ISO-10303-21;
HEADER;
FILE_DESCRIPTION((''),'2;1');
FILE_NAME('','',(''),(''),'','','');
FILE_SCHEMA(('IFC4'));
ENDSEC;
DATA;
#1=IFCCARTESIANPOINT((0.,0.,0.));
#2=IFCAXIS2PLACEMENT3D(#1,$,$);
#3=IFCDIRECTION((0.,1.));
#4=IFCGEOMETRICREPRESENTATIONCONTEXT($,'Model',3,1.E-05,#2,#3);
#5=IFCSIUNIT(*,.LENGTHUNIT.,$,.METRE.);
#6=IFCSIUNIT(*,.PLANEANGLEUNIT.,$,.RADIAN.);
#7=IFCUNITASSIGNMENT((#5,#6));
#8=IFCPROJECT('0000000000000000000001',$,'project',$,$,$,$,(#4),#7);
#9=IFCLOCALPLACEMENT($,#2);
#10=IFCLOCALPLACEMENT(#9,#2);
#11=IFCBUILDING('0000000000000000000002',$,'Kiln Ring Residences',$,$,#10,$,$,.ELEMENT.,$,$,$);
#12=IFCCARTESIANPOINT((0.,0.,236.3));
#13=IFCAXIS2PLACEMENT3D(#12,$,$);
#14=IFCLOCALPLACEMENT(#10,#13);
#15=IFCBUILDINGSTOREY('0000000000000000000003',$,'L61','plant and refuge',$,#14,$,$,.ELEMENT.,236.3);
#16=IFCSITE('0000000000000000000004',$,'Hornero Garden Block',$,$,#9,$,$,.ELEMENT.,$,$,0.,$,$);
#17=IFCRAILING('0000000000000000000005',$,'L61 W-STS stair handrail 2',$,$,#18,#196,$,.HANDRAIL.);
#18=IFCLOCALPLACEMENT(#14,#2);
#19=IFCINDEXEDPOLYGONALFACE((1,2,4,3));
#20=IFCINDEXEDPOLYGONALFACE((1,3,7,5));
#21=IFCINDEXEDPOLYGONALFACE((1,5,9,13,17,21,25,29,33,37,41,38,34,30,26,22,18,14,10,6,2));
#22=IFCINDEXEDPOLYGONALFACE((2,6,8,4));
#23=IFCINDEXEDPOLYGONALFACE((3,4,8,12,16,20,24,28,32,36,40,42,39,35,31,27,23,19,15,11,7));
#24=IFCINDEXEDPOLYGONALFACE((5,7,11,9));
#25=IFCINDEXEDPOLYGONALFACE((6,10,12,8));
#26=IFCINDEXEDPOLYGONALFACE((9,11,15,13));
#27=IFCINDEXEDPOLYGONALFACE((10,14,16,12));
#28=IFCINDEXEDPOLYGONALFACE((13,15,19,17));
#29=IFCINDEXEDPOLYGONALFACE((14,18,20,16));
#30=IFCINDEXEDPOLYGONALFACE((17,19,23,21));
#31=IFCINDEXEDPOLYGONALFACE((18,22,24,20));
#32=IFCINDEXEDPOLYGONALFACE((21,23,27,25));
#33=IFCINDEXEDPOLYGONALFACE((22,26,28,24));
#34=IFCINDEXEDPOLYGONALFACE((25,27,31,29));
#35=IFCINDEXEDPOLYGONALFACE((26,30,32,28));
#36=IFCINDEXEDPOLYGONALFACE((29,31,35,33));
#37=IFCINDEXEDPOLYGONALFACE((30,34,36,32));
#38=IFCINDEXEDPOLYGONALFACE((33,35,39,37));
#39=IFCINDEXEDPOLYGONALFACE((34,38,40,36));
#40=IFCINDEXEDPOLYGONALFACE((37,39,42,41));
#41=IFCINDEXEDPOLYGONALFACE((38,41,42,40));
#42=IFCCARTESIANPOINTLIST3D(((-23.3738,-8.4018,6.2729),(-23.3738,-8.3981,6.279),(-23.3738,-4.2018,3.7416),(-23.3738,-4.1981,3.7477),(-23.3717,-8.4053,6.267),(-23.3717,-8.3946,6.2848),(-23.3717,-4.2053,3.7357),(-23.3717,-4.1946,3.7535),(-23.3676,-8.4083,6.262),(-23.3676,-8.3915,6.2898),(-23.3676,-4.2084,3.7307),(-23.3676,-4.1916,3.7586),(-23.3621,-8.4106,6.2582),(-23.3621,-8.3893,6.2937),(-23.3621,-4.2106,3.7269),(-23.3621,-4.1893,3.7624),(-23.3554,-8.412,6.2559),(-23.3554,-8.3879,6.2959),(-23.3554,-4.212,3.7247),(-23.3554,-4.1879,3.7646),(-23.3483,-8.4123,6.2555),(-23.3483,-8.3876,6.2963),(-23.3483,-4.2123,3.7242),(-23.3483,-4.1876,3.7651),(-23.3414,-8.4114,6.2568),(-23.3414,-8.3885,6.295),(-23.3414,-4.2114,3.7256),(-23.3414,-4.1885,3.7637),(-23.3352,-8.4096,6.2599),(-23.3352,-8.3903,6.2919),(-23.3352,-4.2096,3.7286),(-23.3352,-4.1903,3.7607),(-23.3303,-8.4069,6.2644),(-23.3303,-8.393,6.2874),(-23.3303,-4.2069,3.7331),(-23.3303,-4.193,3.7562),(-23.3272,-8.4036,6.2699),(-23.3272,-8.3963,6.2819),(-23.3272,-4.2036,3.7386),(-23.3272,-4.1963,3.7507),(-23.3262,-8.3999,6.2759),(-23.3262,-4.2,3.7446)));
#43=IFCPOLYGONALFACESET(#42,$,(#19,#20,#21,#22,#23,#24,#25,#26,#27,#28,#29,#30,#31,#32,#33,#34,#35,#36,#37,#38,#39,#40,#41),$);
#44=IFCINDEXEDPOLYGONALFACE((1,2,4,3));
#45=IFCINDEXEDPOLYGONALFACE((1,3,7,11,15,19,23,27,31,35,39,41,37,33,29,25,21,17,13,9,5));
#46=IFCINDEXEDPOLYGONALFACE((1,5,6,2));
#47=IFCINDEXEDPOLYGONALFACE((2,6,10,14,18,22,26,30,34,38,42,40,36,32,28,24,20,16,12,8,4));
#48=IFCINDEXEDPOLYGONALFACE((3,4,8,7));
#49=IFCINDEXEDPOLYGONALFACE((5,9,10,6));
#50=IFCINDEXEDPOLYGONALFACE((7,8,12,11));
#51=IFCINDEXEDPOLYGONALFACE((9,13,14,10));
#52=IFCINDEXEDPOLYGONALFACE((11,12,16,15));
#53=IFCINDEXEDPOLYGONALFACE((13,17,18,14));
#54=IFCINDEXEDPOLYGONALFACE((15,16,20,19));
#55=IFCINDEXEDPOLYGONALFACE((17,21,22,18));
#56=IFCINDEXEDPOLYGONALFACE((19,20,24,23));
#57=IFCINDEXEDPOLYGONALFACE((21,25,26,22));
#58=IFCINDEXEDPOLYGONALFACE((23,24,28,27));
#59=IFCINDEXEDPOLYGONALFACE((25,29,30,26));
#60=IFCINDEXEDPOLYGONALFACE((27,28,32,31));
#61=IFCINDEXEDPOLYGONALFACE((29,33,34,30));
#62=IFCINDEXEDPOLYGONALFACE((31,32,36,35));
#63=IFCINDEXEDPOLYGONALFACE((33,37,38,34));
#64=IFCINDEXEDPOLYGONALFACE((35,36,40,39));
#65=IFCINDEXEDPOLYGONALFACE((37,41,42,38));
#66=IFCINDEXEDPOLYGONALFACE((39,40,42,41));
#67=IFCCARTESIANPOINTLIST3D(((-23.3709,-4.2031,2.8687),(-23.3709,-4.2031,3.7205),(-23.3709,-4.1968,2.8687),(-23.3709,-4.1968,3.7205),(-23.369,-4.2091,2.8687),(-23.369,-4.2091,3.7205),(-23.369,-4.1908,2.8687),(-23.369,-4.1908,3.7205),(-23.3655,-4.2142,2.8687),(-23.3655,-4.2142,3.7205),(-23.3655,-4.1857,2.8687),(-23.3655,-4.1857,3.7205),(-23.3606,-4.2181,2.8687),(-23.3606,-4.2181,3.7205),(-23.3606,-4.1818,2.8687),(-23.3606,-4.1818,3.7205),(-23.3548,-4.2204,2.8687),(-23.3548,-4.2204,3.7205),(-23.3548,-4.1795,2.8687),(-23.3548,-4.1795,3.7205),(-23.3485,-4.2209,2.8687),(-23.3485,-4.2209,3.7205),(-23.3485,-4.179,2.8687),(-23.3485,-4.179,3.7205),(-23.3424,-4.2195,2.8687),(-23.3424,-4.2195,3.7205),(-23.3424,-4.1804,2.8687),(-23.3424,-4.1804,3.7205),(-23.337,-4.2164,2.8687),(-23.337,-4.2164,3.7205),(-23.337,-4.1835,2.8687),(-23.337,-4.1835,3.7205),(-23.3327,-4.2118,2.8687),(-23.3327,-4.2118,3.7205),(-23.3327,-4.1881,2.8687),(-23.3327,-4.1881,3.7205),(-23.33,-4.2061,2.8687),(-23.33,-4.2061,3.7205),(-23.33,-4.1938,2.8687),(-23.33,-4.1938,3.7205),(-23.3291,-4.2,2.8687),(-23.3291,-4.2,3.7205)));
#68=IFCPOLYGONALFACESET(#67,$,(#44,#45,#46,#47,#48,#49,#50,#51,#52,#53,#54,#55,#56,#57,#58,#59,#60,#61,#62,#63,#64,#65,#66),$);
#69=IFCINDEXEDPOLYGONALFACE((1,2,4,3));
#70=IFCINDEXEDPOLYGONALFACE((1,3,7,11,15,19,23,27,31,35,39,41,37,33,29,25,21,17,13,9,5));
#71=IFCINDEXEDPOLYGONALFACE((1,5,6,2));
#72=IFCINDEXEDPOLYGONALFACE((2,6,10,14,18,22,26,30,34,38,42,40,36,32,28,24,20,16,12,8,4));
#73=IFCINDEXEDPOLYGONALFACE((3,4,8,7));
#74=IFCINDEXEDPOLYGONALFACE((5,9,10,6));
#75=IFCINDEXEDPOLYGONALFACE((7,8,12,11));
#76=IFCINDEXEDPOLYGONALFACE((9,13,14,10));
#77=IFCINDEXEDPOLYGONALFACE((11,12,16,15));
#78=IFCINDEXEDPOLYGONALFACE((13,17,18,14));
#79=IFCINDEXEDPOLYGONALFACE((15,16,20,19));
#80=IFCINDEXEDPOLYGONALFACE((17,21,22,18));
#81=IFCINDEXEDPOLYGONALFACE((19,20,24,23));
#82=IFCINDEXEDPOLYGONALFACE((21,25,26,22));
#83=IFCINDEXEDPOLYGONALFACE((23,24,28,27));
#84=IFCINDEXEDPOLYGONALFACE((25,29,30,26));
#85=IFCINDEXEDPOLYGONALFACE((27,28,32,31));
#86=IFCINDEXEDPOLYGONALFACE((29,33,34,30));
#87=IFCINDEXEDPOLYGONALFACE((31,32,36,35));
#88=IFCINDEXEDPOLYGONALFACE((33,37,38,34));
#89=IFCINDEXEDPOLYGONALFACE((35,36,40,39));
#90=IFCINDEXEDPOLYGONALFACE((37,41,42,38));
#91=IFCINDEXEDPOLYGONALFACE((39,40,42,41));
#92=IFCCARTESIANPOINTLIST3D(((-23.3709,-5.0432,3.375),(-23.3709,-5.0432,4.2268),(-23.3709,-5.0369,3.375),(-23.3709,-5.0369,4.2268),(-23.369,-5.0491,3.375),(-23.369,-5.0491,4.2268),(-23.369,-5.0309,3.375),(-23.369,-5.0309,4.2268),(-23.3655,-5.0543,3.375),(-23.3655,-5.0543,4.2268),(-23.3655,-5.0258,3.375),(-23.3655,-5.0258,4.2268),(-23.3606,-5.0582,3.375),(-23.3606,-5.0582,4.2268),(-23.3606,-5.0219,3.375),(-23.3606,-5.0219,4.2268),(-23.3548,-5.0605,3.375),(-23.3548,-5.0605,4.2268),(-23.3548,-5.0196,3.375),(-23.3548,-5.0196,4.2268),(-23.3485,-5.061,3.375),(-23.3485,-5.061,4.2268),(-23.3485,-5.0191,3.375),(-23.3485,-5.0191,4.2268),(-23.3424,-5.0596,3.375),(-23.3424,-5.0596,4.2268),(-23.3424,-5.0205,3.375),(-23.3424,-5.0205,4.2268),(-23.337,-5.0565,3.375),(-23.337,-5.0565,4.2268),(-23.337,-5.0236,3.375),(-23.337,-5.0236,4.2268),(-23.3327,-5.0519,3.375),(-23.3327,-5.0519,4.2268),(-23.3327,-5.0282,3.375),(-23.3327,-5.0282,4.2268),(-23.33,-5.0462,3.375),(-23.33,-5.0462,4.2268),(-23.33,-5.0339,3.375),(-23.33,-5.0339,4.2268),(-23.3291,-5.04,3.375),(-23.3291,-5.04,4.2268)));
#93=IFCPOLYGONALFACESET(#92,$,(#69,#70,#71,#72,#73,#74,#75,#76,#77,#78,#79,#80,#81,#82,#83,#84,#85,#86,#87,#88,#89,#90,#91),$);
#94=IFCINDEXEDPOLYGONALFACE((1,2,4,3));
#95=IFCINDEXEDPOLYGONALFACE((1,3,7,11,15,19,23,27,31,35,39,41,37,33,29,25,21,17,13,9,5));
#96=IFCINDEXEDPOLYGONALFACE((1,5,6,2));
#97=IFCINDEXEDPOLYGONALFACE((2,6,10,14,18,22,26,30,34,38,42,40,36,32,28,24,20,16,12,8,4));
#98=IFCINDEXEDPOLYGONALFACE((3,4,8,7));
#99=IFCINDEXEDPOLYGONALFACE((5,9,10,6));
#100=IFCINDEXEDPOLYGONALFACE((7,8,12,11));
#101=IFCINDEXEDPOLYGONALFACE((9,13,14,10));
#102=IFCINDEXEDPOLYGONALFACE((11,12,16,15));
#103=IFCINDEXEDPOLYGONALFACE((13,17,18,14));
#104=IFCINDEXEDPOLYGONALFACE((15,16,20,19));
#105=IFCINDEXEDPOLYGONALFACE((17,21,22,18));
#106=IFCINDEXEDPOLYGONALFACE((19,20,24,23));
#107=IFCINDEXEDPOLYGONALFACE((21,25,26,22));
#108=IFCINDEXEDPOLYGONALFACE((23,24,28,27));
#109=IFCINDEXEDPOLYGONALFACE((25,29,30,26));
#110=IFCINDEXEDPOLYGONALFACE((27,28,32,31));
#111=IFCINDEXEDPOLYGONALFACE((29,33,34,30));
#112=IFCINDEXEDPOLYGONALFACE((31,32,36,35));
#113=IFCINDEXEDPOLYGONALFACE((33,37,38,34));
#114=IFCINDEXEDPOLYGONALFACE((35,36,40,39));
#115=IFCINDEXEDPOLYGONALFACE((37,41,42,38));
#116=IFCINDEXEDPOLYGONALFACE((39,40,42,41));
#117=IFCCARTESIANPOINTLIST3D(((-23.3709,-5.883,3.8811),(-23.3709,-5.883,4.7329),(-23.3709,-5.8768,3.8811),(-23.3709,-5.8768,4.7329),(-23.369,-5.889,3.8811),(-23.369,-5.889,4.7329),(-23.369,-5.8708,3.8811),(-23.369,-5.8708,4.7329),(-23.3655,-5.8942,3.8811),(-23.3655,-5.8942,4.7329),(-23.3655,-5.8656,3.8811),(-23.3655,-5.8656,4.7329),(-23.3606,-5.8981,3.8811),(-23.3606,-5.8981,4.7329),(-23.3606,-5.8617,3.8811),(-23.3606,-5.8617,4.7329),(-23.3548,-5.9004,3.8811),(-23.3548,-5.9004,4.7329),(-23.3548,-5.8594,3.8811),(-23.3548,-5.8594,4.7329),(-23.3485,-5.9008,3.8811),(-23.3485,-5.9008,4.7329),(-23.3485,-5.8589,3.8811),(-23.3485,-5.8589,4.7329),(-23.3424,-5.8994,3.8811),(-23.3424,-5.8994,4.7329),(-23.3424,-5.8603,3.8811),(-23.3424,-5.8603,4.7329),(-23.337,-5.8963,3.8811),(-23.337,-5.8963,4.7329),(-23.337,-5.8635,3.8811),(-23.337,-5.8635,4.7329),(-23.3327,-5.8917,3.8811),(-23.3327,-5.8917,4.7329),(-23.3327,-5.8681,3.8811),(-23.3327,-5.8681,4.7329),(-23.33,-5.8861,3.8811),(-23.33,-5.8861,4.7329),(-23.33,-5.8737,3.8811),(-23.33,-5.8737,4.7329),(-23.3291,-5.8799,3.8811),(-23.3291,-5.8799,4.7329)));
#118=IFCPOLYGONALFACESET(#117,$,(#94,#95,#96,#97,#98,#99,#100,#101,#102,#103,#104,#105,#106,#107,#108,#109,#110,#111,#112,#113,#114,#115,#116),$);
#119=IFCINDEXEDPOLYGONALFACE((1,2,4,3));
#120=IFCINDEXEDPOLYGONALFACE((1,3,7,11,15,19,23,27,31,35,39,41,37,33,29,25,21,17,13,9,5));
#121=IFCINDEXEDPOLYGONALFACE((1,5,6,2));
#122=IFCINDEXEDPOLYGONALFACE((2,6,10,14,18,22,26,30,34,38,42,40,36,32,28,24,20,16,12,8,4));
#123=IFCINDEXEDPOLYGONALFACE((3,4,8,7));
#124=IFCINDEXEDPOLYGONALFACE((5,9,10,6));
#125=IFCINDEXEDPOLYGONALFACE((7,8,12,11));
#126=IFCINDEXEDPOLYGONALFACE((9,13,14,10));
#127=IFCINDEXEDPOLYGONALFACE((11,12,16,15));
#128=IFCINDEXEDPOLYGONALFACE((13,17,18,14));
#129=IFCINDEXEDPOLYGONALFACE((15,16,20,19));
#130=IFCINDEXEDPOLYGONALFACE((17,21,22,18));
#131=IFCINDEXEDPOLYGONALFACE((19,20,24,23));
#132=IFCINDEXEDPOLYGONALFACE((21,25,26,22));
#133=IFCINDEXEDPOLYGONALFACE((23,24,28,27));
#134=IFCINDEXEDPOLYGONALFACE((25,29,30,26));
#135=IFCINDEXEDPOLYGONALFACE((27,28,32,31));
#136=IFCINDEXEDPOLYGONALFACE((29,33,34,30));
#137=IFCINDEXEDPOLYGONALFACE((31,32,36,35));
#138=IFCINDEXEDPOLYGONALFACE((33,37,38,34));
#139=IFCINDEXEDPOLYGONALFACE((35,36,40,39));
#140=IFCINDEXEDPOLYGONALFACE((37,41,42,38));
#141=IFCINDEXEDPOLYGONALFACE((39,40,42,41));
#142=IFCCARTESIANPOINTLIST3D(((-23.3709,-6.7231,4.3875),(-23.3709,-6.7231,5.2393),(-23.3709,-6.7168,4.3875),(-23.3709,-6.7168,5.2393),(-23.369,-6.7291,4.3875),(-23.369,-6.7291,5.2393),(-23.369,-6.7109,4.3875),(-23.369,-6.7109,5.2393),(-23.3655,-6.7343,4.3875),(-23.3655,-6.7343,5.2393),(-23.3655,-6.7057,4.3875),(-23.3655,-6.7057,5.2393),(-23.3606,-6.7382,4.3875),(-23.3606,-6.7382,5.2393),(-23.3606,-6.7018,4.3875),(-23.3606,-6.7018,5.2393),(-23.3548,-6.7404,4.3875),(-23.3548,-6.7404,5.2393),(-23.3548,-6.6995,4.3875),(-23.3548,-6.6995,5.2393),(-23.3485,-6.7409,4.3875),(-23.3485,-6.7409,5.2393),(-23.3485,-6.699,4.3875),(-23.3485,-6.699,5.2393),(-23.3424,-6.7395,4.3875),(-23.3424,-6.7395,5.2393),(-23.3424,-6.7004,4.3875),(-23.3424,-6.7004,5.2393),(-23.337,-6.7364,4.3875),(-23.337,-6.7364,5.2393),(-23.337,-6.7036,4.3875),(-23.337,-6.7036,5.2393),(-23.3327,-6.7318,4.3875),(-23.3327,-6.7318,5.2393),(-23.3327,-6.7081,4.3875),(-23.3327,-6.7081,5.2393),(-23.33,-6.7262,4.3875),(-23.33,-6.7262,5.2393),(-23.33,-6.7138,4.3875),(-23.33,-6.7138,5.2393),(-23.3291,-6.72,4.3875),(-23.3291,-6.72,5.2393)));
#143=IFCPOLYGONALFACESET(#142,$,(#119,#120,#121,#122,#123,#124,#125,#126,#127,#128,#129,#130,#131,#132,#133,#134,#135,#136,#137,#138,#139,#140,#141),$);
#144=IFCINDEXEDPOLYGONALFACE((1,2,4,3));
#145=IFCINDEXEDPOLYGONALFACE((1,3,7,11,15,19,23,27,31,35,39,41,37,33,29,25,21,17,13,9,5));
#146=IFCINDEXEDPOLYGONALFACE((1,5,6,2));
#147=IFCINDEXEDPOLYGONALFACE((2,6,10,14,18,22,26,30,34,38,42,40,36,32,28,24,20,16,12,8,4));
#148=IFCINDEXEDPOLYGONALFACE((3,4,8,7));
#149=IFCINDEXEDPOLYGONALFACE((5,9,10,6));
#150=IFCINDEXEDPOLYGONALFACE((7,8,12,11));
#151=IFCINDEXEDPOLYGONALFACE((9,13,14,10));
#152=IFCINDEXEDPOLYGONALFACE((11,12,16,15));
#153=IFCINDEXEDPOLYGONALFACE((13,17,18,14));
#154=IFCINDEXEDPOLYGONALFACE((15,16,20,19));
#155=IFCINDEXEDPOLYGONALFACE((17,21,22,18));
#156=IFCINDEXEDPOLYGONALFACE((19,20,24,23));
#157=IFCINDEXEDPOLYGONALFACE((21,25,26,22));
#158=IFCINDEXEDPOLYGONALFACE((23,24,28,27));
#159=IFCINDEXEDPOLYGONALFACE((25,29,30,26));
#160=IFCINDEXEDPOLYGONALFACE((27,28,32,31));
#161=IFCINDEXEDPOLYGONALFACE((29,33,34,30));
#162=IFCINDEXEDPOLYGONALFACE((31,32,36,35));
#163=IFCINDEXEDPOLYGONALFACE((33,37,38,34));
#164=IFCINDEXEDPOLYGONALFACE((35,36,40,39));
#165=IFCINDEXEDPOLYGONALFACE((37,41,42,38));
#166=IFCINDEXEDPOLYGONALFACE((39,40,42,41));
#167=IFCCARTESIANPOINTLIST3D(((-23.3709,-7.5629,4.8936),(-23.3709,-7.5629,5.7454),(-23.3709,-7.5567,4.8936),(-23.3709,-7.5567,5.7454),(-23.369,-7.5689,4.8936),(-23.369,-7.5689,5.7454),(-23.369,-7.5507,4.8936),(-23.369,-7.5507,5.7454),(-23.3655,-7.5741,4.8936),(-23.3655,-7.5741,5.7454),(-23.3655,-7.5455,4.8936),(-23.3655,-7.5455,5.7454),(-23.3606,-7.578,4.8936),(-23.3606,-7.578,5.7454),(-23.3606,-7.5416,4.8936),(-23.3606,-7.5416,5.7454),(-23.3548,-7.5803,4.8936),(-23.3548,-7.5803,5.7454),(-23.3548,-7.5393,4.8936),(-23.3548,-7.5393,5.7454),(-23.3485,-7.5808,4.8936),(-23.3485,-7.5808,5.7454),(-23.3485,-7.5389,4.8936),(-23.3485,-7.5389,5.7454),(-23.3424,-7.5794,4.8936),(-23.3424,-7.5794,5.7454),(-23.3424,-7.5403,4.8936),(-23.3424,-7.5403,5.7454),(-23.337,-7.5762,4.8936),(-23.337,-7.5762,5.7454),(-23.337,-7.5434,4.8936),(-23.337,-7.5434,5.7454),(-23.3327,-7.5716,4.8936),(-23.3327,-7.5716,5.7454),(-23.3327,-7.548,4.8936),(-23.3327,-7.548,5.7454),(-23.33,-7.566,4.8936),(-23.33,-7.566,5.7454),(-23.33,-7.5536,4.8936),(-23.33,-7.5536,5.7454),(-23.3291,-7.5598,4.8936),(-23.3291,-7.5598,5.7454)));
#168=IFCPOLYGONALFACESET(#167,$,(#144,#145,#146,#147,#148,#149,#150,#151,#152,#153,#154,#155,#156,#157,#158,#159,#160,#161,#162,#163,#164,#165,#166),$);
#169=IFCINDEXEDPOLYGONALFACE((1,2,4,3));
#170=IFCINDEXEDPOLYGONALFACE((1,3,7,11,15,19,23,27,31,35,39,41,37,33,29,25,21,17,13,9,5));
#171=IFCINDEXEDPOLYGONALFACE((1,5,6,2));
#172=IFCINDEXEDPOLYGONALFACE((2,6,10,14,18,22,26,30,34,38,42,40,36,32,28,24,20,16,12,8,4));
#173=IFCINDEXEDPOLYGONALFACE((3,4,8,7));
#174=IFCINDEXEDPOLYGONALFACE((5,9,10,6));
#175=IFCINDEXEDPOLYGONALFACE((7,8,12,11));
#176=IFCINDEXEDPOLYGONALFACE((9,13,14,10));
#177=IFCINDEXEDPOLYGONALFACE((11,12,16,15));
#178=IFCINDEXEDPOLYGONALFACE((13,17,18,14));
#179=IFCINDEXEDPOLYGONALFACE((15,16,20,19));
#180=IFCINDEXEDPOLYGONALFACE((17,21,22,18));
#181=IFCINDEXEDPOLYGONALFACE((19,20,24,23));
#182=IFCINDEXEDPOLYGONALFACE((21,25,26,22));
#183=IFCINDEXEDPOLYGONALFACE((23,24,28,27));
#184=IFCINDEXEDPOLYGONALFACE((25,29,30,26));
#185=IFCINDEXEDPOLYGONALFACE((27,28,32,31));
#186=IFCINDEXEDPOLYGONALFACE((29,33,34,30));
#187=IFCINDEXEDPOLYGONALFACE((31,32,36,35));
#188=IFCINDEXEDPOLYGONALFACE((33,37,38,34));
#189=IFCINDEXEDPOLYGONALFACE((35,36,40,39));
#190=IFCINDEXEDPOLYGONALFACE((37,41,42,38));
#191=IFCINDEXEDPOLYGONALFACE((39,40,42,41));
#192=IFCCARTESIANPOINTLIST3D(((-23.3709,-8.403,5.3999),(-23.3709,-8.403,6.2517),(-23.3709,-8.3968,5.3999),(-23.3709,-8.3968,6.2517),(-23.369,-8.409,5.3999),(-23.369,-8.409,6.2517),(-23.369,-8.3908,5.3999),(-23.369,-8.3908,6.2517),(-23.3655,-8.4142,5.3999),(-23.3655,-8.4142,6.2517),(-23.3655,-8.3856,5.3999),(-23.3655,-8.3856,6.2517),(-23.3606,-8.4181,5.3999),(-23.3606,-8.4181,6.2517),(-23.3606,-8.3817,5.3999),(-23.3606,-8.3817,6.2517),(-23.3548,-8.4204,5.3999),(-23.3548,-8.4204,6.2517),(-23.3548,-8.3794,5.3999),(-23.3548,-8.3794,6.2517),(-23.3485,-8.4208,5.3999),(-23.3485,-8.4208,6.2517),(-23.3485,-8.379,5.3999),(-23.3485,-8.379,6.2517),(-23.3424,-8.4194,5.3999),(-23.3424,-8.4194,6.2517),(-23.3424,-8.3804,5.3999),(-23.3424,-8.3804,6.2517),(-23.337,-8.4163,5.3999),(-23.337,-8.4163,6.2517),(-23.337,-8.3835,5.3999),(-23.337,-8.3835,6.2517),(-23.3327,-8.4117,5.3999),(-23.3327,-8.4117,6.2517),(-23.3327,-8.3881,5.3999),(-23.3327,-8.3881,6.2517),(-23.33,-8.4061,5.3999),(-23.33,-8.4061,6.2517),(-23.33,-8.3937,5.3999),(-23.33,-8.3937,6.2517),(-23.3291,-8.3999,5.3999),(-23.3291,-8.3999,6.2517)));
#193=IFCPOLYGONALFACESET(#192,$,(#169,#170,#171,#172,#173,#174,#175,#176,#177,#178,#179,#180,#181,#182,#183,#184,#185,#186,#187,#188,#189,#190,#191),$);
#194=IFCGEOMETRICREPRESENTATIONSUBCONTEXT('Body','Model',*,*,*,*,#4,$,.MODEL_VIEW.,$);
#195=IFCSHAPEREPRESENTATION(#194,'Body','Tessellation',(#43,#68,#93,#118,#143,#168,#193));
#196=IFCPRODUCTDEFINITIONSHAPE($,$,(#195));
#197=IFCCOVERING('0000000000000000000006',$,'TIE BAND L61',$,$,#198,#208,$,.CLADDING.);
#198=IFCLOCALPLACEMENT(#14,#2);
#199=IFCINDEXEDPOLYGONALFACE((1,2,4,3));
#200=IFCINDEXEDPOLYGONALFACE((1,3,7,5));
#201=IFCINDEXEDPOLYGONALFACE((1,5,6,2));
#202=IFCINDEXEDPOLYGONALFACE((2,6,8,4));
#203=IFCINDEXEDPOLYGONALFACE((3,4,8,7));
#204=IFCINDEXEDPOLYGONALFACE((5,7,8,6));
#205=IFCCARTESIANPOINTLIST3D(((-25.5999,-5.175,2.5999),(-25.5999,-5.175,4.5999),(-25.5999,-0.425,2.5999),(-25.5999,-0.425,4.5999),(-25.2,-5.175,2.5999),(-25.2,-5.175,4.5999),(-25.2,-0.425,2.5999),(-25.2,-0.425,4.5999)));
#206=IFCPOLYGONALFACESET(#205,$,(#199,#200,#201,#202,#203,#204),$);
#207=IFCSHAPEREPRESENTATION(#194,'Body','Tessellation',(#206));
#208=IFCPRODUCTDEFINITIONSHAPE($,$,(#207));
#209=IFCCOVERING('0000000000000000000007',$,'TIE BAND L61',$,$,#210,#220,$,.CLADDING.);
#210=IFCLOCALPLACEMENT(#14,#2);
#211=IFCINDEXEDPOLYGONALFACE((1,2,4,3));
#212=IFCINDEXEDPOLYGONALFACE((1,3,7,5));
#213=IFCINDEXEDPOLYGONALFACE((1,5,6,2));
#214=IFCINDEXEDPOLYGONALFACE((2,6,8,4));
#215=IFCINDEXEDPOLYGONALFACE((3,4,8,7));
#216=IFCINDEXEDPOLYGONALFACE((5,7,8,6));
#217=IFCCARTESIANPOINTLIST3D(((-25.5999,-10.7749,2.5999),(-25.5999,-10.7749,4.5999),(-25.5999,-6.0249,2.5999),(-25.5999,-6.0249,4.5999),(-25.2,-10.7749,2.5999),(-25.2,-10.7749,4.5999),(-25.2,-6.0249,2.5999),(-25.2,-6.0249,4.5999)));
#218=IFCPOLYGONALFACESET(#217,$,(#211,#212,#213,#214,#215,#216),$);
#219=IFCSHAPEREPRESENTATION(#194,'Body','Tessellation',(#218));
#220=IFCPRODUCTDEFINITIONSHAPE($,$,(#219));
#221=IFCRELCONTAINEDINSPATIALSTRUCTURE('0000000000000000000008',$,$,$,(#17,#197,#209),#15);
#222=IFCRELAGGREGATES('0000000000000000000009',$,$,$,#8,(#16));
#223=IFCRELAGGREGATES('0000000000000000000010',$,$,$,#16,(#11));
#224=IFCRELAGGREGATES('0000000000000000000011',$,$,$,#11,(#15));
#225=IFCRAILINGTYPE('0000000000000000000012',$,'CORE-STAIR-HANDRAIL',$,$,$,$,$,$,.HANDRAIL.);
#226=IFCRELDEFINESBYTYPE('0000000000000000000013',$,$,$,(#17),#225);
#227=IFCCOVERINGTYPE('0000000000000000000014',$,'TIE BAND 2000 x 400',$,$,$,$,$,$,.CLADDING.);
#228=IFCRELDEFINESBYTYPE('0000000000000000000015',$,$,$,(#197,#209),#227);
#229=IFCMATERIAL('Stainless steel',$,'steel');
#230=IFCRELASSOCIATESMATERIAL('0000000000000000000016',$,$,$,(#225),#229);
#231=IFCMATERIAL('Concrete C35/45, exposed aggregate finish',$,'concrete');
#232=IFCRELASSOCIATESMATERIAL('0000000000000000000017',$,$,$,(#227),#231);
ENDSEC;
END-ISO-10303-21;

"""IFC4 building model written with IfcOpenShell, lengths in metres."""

from ifc_helpers import new_model, si_unit, direction, frame, origin, origin_2d, place, context, subcontext, project, spatial, rectangle, circle, extrude, material, type_object, element, save


model = new_model("IFC4")

# Units and contexts
model_context = context("Model", 3, precision=1e-05, world=origin(), true_north=direction((0.0, 1.0)))
body_context = subcontext(model_context, "Body", "Model", "MODEL_VIEW")
ifc_project = project(units=[si_unit("LENGTHUNIT", "METRE"), si_unit("PLANEANGLEUNIT", "RADIAN")], contexts=[model_context])

# Site, building, storey
site_placement = place(None, origin())
site = spatial("IfcSite", under=ifc_project, at=site_placement, Name="Hornero Garden Block", CompositionType="ELEMENT", RefElevation=0.0)
building_placement = place(site_placement, origin())
building = spatial("IfcBuilding", under=site, at=building_placement, Name="Kiln Ring Residences", CompositionType="ELEMENT")
storey_placement = place(building_placement, frame((0.0, 0.0, 236.3)))
storey = spatial("IfcBuildingStorey", under=building, at=storey_placement, Name="L61", Description="plant and refuge", CompositionType="ELEMENT", Elevation=236.3)

# Railing
ifc_material_1 = material(Name="Stainless steel", Category="steel")
railing_type_1 = type_object("IfcRailingType", Name="CORE-STAIR-HANDRAIL", PredefinedType="HANDRAIL", material=ifc_material_1)
railing_1_placement = place(storey_placement, frame((-23.3501, -4.2, 2.8687)))
element("IfcRailing", 1, at=railing_1_placement, inside=storey, type_object=railing_type_1, Name="L61 W-STS stair handrail 2", PredefinedType="HANDRAIL", context=body_context, shape_type="SweptSolid", body=[
    extrude(circle(Radius=0.0239, at=origin_2d()), frame((0.0, 0.0, 0.876), z_axis=(0.0, -0.856476, 0.516186), x_axis=(1.0, 0.0, 0.0)), (0.0, 0.0, 1.0), 4.9038),
    extrude(circle(Radius=0.021, at=origin_2d()), origin(), (0.0, 0.0, 1.0), 0.8518),
    extrude(circle(Radius=0.021, at=origin_2d()), frame((0.0, -0.8401, 0.5063)), (0.0, 0.0, 1.0), 0.8518),
    extrude(circle(Radius=0.021, at=origin_2d()), frame((0.0, -1.6799, 1.0125)), (0.0, 0.0, 1.0), 0.8518),
    extrude(circle(Radius=0.021, at=origin_2d()), frame((0.0, -2.52, 1.5188)), (0.0, 0.0, 1.0), 0.8518),
    extrude(circle(Radius=0.021, at=origin_2d()), frame((0.0, -3.3599, 2.0249)), (0.0, 0.0, 1.0), 0.8518),
    extrude(circle(Radius=0.021, at=origin_2d()), frame((0.0, -4.2, 2.5312)), (0.0, 0.0, 1.0), 0.8518),
])

# Coverings
ifc_material_2 = material(Name="Concrete C35/45, exposed aggregate finish", Category="concrete")
covering_type = type_object("IfcCoveringType", Name="TIE BAND 2000 x 400", PredefinedType="CLADDING", material=ifc_material_2)
for number, where, z_axis, x_axis, name in (
    (2, (-25.3999, -2.8, 2.5999), (0.0, 0.0, 1.0), (0.0, -1.0, 0.0), "TIE BAND L61"),
    (3, (-25.3999, -8.3999, 2.5999), (0.0, 0.0, 1.0), (0.0, -1.0, 0.0), "TIE BAND L61"),
):
    element("IfcCovering", number, at=place(storey_placement, frame(where, z_axis=z_axis, x_axis=x_axis)), inside=storey, type_object=covering_type, Name=name, PredefinedType="CLADDING", context=body_context, shape_type="SweptSolid", body=[
        extrude(rectangle(XDim=4.75, YDim=0.3999, at=origin_2d()), origin(), (0.0, 0.0, 1.0), 2.0),
    ])

save(model, "model.ifc")
